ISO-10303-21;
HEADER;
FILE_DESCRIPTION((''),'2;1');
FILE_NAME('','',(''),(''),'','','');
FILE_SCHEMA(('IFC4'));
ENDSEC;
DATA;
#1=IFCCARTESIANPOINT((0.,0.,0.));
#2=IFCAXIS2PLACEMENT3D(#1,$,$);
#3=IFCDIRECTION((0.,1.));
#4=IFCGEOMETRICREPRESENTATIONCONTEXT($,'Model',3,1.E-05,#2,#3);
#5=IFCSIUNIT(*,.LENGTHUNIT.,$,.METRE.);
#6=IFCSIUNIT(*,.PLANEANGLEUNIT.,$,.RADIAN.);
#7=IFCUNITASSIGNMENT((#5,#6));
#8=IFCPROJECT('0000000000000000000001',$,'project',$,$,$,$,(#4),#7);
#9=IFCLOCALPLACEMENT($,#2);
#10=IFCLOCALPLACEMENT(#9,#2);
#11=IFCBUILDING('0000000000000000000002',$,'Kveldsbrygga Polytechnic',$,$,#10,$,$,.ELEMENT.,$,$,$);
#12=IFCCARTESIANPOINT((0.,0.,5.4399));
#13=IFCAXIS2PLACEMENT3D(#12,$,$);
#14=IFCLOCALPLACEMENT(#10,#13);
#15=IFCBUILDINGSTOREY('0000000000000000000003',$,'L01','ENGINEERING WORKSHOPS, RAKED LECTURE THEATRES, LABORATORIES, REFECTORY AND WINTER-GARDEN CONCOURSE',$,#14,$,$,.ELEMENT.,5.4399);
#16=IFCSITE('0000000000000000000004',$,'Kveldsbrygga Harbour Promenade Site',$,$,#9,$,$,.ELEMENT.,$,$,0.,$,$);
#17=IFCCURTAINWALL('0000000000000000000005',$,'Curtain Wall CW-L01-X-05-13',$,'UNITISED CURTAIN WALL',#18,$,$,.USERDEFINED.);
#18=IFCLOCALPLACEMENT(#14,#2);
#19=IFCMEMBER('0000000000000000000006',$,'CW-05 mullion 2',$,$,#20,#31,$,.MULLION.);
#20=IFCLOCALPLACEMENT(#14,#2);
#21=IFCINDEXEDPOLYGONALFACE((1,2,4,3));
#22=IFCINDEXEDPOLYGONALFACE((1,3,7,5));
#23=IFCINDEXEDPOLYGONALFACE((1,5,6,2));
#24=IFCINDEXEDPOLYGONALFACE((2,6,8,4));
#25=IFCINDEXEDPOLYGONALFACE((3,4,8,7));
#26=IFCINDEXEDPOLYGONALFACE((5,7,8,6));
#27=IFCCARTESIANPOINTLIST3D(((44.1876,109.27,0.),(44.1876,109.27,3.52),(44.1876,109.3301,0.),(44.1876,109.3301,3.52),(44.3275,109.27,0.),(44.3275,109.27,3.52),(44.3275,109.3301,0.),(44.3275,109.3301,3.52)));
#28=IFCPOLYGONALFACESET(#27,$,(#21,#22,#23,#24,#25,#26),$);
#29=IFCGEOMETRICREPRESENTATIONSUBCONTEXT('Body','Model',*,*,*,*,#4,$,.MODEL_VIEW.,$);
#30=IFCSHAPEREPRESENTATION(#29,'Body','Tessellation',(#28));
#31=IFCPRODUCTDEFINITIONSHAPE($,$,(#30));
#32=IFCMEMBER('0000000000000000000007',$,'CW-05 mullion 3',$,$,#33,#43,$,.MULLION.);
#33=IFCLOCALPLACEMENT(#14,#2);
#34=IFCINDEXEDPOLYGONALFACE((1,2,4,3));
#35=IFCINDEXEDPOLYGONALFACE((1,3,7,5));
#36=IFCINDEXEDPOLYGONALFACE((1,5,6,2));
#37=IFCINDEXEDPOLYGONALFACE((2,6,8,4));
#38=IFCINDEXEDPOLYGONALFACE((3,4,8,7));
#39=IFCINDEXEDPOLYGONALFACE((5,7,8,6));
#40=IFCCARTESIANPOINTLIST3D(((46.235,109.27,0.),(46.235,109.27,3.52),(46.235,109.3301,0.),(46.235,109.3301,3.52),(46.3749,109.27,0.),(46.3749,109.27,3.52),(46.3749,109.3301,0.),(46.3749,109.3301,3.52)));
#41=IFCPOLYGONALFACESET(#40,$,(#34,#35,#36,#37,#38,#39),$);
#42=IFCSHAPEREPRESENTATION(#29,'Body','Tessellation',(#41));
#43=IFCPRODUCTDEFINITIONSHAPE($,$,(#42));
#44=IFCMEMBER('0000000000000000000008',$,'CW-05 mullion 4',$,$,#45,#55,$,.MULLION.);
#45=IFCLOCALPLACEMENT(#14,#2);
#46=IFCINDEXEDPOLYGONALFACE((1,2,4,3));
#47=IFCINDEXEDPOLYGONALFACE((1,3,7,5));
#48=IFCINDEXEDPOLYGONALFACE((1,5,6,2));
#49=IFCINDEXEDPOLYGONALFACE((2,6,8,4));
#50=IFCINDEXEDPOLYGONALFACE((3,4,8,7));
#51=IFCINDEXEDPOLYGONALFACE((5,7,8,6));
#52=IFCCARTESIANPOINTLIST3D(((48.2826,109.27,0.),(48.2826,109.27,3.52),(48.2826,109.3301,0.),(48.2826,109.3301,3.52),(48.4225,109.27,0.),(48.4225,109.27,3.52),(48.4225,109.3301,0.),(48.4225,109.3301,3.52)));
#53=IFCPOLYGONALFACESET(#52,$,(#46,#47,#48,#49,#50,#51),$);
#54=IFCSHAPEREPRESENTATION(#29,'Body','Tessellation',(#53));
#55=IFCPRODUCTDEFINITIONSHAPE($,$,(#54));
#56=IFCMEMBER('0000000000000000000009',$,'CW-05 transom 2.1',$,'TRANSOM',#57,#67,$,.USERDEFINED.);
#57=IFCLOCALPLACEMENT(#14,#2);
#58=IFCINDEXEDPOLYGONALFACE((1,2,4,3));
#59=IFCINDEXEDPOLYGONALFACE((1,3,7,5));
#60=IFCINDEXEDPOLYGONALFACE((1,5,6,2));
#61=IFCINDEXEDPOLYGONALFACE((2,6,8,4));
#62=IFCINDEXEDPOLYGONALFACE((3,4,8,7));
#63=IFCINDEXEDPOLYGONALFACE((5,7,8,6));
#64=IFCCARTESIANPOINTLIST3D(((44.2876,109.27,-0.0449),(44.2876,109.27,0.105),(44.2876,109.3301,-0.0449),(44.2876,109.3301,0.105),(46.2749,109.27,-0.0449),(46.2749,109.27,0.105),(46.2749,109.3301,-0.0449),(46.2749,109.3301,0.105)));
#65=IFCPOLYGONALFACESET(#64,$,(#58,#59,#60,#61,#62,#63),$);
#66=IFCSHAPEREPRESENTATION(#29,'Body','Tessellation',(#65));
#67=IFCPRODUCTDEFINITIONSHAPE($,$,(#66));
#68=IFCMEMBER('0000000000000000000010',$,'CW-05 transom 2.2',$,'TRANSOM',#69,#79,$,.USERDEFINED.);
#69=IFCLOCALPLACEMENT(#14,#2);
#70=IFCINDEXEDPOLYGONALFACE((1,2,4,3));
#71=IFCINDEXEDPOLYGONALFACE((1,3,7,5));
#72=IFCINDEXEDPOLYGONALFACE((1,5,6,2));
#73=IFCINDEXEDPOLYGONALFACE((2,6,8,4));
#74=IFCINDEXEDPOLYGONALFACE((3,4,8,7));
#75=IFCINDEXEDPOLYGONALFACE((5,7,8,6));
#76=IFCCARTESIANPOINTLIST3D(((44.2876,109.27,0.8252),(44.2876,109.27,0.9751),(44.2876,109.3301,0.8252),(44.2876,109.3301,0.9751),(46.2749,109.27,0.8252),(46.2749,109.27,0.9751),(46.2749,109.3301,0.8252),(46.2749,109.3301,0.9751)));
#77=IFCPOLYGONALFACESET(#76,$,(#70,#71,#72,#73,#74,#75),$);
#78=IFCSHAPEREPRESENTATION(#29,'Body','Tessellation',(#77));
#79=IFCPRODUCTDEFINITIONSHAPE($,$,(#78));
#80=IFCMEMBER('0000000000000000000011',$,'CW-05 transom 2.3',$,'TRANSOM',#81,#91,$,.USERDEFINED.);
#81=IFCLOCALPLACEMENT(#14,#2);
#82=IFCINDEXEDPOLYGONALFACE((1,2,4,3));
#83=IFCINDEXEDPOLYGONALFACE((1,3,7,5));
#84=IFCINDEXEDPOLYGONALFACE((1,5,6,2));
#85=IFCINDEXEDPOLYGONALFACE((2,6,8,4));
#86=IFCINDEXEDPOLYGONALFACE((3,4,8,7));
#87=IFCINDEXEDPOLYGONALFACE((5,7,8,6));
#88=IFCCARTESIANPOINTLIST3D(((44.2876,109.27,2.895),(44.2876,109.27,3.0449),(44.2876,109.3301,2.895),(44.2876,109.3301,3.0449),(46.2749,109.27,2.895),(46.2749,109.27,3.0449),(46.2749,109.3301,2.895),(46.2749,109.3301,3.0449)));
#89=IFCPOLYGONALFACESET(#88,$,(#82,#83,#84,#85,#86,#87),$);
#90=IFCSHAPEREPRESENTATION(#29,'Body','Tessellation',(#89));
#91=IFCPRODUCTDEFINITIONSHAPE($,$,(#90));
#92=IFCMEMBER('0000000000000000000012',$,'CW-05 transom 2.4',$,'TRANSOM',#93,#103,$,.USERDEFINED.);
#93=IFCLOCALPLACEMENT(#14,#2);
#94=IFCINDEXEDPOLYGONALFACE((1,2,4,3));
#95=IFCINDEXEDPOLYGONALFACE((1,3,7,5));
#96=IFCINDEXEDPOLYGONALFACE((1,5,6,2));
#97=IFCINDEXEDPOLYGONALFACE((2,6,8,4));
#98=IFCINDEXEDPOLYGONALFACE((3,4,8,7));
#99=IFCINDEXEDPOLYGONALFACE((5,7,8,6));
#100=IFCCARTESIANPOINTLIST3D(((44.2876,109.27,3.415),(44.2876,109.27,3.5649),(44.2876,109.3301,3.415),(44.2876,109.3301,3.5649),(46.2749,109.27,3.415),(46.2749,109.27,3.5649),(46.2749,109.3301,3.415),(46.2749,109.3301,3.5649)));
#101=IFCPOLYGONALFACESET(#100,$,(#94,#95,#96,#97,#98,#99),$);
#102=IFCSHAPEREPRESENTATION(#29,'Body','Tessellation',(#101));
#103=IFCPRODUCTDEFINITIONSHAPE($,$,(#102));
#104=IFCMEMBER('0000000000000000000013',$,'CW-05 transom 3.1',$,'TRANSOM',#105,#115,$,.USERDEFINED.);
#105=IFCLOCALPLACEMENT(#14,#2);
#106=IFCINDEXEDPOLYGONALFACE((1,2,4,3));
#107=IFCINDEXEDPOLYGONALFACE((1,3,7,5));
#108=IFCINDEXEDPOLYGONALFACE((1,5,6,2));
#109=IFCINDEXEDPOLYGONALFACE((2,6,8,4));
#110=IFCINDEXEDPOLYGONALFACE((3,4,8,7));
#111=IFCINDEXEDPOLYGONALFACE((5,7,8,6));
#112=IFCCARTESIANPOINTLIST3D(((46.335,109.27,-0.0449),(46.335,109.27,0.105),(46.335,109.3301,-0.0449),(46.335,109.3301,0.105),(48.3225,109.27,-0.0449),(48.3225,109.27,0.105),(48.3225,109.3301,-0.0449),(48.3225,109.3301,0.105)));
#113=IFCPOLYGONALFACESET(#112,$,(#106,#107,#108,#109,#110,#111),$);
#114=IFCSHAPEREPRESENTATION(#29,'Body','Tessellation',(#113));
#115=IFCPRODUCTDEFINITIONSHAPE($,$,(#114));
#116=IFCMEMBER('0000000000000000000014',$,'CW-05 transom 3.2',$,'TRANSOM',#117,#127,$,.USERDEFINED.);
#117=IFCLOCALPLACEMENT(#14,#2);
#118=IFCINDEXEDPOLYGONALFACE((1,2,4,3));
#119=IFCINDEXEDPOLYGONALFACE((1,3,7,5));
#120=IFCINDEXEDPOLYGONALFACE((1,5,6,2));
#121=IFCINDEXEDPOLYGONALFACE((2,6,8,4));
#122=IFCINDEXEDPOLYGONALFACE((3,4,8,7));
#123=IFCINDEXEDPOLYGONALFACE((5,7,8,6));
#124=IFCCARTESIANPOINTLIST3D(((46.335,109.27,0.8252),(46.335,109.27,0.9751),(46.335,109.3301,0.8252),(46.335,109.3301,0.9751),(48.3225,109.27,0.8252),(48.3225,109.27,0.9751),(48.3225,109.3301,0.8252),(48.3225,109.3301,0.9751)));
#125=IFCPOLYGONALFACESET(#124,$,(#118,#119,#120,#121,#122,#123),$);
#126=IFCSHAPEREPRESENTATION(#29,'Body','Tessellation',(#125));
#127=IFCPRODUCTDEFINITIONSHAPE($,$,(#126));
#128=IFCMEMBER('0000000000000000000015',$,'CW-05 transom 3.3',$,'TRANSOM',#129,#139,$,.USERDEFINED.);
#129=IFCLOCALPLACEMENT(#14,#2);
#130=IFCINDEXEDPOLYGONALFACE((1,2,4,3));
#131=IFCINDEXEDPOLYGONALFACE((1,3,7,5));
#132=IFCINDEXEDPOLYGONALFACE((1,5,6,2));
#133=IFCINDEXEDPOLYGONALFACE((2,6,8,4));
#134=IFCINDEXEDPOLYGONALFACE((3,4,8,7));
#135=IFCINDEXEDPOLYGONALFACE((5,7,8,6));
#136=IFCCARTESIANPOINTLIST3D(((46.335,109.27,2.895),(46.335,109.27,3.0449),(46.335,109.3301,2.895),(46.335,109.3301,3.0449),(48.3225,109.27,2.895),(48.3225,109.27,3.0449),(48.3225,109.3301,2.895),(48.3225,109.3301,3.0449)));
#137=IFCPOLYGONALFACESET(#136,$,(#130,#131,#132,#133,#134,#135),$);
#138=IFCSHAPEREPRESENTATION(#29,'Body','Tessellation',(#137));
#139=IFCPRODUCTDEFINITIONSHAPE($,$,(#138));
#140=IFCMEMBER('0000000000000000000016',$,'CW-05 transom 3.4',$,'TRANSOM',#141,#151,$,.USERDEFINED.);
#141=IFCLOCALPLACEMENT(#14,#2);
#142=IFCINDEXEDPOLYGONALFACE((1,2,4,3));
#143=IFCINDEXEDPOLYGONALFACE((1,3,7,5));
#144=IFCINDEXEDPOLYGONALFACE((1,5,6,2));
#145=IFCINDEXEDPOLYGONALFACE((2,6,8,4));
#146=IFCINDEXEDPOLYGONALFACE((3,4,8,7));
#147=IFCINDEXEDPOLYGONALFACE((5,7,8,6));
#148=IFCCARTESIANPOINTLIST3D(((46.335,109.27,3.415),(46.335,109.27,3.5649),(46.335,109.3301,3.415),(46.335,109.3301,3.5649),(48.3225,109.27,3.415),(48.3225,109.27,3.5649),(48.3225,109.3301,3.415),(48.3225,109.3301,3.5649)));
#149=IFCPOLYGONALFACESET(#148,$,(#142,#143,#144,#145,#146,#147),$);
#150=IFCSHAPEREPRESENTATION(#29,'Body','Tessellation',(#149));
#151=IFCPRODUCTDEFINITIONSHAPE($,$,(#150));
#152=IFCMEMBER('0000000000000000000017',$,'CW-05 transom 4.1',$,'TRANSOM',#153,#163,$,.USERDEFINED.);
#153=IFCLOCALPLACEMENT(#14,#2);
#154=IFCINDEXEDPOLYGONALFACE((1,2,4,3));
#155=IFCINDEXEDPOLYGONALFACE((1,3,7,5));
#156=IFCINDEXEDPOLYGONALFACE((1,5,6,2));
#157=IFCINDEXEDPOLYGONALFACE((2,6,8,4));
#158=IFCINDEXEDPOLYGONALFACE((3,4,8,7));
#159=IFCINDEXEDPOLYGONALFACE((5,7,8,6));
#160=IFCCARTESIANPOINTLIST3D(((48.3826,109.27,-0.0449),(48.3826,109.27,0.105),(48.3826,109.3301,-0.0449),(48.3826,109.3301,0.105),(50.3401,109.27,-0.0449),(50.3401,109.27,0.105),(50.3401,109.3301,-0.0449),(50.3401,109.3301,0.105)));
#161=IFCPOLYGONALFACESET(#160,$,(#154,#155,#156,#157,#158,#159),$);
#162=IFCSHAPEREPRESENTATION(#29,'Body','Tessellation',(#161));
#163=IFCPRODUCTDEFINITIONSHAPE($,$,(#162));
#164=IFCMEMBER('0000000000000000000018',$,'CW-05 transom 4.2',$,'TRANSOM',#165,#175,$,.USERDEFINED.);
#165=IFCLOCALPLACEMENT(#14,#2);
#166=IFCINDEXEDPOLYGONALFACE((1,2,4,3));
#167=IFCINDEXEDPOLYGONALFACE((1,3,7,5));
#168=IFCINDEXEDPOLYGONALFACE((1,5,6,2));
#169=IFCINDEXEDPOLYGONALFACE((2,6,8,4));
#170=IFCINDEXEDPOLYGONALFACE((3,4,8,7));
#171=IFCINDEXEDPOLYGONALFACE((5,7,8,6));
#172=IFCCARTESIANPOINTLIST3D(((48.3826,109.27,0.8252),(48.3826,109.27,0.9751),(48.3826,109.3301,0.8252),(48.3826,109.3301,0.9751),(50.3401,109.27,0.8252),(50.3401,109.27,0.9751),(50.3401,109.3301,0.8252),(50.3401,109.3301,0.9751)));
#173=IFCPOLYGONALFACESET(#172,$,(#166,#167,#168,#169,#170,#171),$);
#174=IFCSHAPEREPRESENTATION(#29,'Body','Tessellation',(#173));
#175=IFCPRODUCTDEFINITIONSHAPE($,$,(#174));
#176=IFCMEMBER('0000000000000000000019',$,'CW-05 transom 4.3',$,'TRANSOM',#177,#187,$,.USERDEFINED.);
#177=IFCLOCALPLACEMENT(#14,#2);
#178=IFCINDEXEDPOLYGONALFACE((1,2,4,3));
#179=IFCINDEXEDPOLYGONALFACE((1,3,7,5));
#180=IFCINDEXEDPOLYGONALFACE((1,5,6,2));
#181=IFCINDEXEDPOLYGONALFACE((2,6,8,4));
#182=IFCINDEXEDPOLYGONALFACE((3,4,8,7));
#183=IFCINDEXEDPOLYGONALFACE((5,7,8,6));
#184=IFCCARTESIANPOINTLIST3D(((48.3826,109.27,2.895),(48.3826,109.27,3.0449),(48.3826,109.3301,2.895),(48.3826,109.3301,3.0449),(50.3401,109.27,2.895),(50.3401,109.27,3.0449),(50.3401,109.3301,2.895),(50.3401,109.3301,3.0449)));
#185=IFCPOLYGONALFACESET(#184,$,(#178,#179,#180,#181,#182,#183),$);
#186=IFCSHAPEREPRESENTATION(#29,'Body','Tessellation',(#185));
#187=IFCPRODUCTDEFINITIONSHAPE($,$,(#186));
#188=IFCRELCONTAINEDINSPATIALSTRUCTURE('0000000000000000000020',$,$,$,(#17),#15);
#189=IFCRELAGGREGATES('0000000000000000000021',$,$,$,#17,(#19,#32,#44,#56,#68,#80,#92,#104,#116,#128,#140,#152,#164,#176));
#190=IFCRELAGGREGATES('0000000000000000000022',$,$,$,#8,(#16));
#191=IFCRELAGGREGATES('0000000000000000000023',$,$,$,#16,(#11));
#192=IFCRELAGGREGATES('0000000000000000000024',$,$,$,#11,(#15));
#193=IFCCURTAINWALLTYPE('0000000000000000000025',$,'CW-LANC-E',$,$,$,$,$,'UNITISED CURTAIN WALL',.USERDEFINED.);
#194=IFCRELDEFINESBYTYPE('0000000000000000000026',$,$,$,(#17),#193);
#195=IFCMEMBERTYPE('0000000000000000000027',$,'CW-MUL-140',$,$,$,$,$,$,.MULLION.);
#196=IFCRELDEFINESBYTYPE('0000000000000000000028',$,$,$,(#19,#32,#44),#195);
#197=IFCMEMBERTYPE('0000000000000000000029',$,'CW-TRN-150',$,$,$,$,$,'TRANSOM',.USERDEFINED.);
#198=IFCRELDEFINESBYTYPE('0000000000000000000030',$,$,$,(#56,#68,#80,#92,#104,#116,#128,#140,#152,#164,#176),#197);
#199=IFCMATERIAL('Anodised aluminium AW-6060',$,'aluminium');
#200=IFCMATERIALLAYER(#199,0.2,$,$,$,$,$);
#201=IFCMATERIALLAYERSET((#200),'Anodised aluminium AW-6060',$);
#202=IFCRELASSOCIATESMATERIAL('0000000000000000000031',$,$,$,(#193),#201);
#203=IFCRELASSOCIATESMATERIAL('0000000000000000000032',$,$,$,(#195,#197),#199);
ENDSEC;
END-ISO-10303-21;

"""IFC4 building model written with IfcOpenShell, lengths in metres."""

from ifc_helpers import new_model, si_unit, direction, frame, origin, origin_2d, place, context, subcontext, project, spatial, rectangle, extrude, material, layer, layer_set, material_profile, profile_set, type_object, element, aggregate, save


model = new_model("IFC4")

# Units and contexts
model_context = context("Model", 3, precision=1e-05, world=origin(), true_north=direction((0.0, 1.0)))
body_context = subcontext(model_context, "Body", "Model", "MODEL_VIEW")
ifc_project = project(units=[si_unit("LENGTHUNIT", "METRE"), si_unit("PLANEANGLEUNIT", "RADIAN")], contexts=[model_context])

# Site, building, storey
site_placement = place(None, origin())
site = spatial("IfcSite", under=ifc_project, at=site_placement, Name="Kveldsbrygga Harbour Promenade Site", CompositionType="ELEMENT", RefElevation=0.0)
building_placement = place(site_placement, origin())
building = spatial("IfcBuilding", under=site, at=building_placement, Name="Kveldsbrygga Polytechnic", CompositionType="ELEMENT")
storey_placement = place(building_placement, frame((0.0, 0.0, 5.4399)))
storey = spatial("IfcBuildingStorey", under=building, at=storey_placement, Name="L01", Description="ENGINEERING WORKSHOPS, RAKED LECTURE THEATRES, LABORATORIES, REFECTORY AND WINTER-GARDEN CONCOURSE", CompositionType="ELEMENT", Elevation=5.4399)

# Curtain wall, members
ifc_material_1 = material(Name="Anodised aluminium AW-6060", Category="aluminium")
ifc_layer_1 = layer(ifc_material_1, 0.2)
ifc_layer_set_1 = layer_set([ifc_layer_1], Name="Anodised aluminium AW-6060")
curtain_wall_type = type_object("IfcCurtainWallType", Name="CW-LANC-E", ElementType="UNITISED CURTAIN WALL", PredefinedType="USERDEFINED", material=ifc_layer_set_1)
curtain_wall_placement = place(storey_placement, origin())
curtain_wall = element("IfcCurtainWall", 1, at=curtain_wall_placement, inside=storey, type_object=curtain_wall_type, Name="Curtain Wall CW-L01-X-05-13", ObjectType="UNITISED CURTAIN WALL", PredefinedType="USERDEFINED")
ifc_material_profile_1 = material_profile(ifc_material_1, rectangle(XDim=0.0601, YDim=0.1399, at=origin_2d()), Name="ALU 60x140")
ifc_profile_set_1 = profile_set([ifc_material_profile_1], Name="Anodised aluminium AW-6060")
member_type_1 = type_object("IfcMemberType", Name="CW-MUL-140", PredefinedType="MULLION", material=ifc_profile_set_1)
member_1_placement = place(storey_placement, frame((44.2576, 109.3, 0.0), z_axis=(0.0, 0.0, 1.0), x_axis=(0.0, 1.0, 0.0)))
member_1 = element("IfcMember", 2, at=member_1_placement, type_object=member_type_1, Name="CW-05 mullion 2", PredefinedType="MULLION", context=body_context, shape_type="SweptSolid", body=[
    extrude(rectangle(XDim=0.0601, YDim=0.1399, at=origin_2d()), origin(), (0.0, 0.0, 1.0), 3.52),
])
member_2_placement = place(storey_placement, frame((46.3049, 109.3, 0.0), z_axis=(0.0, 0.0, 1.0), x_axis=(0.0, 1.0, 0.0)))
member_2 = element("IfcMember", 3, at=member_2_placement, type_object=member_type_1, Name="CW-05 mullion 3", PredefinedType="MULLION", context=body_context, shape_type="SweptSolid", body=[
    extrude(rectangle(XDim=0.0601, YDim=0.1399, at=origin_2d()), origin(), (0.0, 0.0, 1.0), 3.52),
])
member_3_placement = place(storey_placement, frame((48.3525, 109.3, 0.0), z_axis=(0.0, 0.0, 1.0), x_axis=(0.0, 1.0, 0.0)))
member_3 = element("IfcMember", 4, at=member_3_placement, type_object=member_type_1, Name="CW-05 mullion 4", PredefinedType="MULLION", context=body_context, shape_type="SweptSolid", body=[
    extrude(rectangle(XDim=0.0601, YDim=0.1399, at=origin_2d()), origin(), (0.0, 0.0, 1.0), 3.52),
])
ifc_material_profile_2 = material_profile(ifc_material_1, rectangle(XDim=0.0601, YDim=0.1499, at=origin_2d()), Name="ALU 60x150")
ifc_profile_set_2 = profile_set([ifc_material_profile_2], Name="Anodised aluminium AW-6060")
member_type_2 = type_object("IfcMemberType", Name="CW-TRN-150", ElementType="TRANSOM", PredefinedType="USERDEFINED", material=ifc_profile_set_2)
member_4_placement = place(storey_placement, frame((44.2876, 109.3, 0.03), z_axis=(1.0, 0.0, 0.0), x_axis=(0.0, 1.0, 0.0)))
member_4 = element("IfcMember", 5, at=member_4_placement, type_object=member_type_2, Name="CW-05 transom 2.1", ObjectType="TRANSOM", PredefinedType="USERDEFINED", context=body_context, shape_type="SweptSolid", body=[
    extrude(rectangle(XDim=0.0601, YDim=0.1499, at=origin_2d()), origin(), (0.0, 0.0, 1.0), 1.9873),
])
member_5_placement = place(storey_placement, frame((44.2876, 109.3, 0.9001), z_axis=(1.0, 0.0, 0.0), x_axis=(0.0, 1.0, 0.0)))
member_5 = element("IfcMember", 6, at=member_5_placement, type_object=member_type_2, Name="CW-05 transom 2.2", ObjectType="TRANSOM", PredefinedType="USERDEFINED", context=body_context, shape_type="SweptSolid", body=[
    extrude(rectangle(XDim=0.0601, YDim=0.1499, at=origin_2d()), origin(), (0.0, 0.0, 1.0), 1.9873),
])
member_6_placement = place(storey_placement, frame((44.2876, 109.3, 2.97), z_axis=(1.0, 0.0, 0.0), x_axis=(0.0, 1.0, 0.0)))
member_6 = element("IfcMember", 7, at=member_6_placement, type_object=member_type_2, Name="CW-05 transom 2.3", ObjectType="TRANSOM", PredefinedType="USERDEFINED", context=body_context, shape_type="SweptSolid", body=[
    extrude(rectangle(XDim=0.0601, YDim=0.1499, at=origin_2d()), origin(), (0.0, 0.0, 1.0), 1.9873),
])
member_7_placement = place(storey_placement, frame((44.2876, 109.3, 3.49), z_axis=(1.0, 0.0, 0.0), x_axis=(0.0, 1.0, 0.0)))
member_7 = element("IfcMember", 8, at=member_7_placement, type_object=member_type_2, Name="CW-05 transom 2.4", ObjectType="TRANSOM", PredefinedType="USERDEFINED", context=body_context, shape_type="SweptSolid", body=[
    extrude(rectangle(XDim=0.0601, YDim=0.1499, at=origin_2d()), origin(), (0.0, 0.0, 1.0), 1.9873),
])
member_8_placement = place(storey_placement, frame((46.335, 109.3, 0.03), z_axis=(1.0, 0.0, 0.0), x_axis=(0.0, 1.0, 0.0)))
member_8 = element("IfcMember", 9, at=member_8_placement, type_object=member_type_2, Name="CW-05 transom 3.1", ObjectType="TRANSOM", PredefinedType="USERDEFINED", context=body_context, shape_type="SweptSolid", body=[
    extrude(rectangle(XDim=0.0601, YDim=0.1499, at=origin_2d()), origin(), (0.0, 0.0, 1.0), 1.9875),
])
member_9_placement = place(storey_placement, frame((46.335, 109.3, 0.9001), z_axis=(1.0, 0.0, 0.0), x_axis=(0.0, 1.0, 0.0)))
member_9 = element("IfcMember", 10, at=member_9_placement, type_object=member_type_2, Name="CW-05 transom 3.2", ObjectType="TRANSOM", PredefinedType="USERDEFINED", context=body_context, shape_type="SweptSolid", body=[
    extrude(rectangle(XDim=0.0601, YDim=0.1499, at=origin_2d()), origin(), (0.0, 0.0, 1.0), 1.9875),
])
member_10_placement = place(storey_placement, frame((46.335, 109.3, 2.97), z_axis=(1.0, 0.0, 0.0), x_axis=(0.0, 1.0, 0.0)))
member_10 = element("IfcMember", 11, at=member_10_placement, type_object=member_type_2, Name="CW-05 transom 3.3", ObjectType="TRANSOM", PredefinedType="USERDEFINED", context=body_context, shape_type="SweptSolid", body=[
    extrude(rectangle(XDim=0.0601, YDim=0.1499, at=origin_2d()), origin(), (0.0, 0.0, 1.0), 1.9875),
])
member_11_placement = place(storey_placement, frame((46.335, 109.3, 3.49), z_axis=(1.0, 0.0, 0.0), x_axis=(0.0, 1.0, 0.0)))
member_11 = element("IfcMember", 12, at=member_11_placement, type_object=member_type_2, Name="CW-05 transom 3.4", ObjectType="TRANSOM", PredefinedType="USERDEFINED", context=body_context, shape_type="SweptSolid", body=[
    extrude(rectangle(XDim=0.0601, YDim=0.1499, at=origin_2d()), origin(), (0.0, 0.0, 1.0), 1.9875),
])
member_12_placement = place(storey_placement, frame((48.3826, 109.3, 0.03), z_axis=(1.0, 0.0, 0.0), x_axis=(0.0, 1.0, 0.0)))
member_12 = element("IfcMember", 13, at=member_12_placement, type_object=member_type_2, Name="CW-05 transom 4.1", ObjectType="TRANSOM", PredefinedType="USERDEFINED", context=body_context, shape_type="SweptSolid", body=[
    extrude(rectangle(XDim=0.0601, YDim=0.1499, at=origin_2d()), origin(), (0.0, 0.0, 1.0), 1.9575),
])
member_13_placement = place(storey_placement, frame((48.3826, 109.3, 0.9001), z_axis=(1.0, 0.0, 0.0), x_axis=(0.0, 1.0, 0.0)))
member_13 = element("IfcMember", 14, at=member_13_placement, type_object=member_type_2, Name="CW-05 transom 4.2", ObjectType="TRANSOM", PredefinedType="USERDEFINED", context=body_context, shape_type="SweptSolid", body=[
    extrude(rectangle(XDim=0.0601, YDim=0.1499, at=origin_2d()), origin(), (0.0, 0.0, 1.0), 1.9575),
])
member_14_placement = place(storey_placement, frame((48.3826, 109.3, 2.97), z_axis=(1.0, 0.0, 0.0), x_axis=(0.0, 1.0, 0.0)))
member_14 = element("IfcMember", 15, at=member_14_placement, type_object=member_type_2, Name="CW-05 transom 4.3", ObjectType="TRANSOM", PredefinedType="USERDEFINED", context=body_context, shape_type="SweptSolid", body=[
    extrude(rectangle(XDim=0.0601, YDim=0.1499, at=origin_2d()), origin(), (0.0, 0.0, 1.0), 1.9575),
])
aggregate(curtain_wall, [member_1, member_2, member_3, member_4, member_5, member_6, member_7, member_8, member_9, member_10, member_11, member_12, member_13, member_14])

save(model, "model.ifc")
